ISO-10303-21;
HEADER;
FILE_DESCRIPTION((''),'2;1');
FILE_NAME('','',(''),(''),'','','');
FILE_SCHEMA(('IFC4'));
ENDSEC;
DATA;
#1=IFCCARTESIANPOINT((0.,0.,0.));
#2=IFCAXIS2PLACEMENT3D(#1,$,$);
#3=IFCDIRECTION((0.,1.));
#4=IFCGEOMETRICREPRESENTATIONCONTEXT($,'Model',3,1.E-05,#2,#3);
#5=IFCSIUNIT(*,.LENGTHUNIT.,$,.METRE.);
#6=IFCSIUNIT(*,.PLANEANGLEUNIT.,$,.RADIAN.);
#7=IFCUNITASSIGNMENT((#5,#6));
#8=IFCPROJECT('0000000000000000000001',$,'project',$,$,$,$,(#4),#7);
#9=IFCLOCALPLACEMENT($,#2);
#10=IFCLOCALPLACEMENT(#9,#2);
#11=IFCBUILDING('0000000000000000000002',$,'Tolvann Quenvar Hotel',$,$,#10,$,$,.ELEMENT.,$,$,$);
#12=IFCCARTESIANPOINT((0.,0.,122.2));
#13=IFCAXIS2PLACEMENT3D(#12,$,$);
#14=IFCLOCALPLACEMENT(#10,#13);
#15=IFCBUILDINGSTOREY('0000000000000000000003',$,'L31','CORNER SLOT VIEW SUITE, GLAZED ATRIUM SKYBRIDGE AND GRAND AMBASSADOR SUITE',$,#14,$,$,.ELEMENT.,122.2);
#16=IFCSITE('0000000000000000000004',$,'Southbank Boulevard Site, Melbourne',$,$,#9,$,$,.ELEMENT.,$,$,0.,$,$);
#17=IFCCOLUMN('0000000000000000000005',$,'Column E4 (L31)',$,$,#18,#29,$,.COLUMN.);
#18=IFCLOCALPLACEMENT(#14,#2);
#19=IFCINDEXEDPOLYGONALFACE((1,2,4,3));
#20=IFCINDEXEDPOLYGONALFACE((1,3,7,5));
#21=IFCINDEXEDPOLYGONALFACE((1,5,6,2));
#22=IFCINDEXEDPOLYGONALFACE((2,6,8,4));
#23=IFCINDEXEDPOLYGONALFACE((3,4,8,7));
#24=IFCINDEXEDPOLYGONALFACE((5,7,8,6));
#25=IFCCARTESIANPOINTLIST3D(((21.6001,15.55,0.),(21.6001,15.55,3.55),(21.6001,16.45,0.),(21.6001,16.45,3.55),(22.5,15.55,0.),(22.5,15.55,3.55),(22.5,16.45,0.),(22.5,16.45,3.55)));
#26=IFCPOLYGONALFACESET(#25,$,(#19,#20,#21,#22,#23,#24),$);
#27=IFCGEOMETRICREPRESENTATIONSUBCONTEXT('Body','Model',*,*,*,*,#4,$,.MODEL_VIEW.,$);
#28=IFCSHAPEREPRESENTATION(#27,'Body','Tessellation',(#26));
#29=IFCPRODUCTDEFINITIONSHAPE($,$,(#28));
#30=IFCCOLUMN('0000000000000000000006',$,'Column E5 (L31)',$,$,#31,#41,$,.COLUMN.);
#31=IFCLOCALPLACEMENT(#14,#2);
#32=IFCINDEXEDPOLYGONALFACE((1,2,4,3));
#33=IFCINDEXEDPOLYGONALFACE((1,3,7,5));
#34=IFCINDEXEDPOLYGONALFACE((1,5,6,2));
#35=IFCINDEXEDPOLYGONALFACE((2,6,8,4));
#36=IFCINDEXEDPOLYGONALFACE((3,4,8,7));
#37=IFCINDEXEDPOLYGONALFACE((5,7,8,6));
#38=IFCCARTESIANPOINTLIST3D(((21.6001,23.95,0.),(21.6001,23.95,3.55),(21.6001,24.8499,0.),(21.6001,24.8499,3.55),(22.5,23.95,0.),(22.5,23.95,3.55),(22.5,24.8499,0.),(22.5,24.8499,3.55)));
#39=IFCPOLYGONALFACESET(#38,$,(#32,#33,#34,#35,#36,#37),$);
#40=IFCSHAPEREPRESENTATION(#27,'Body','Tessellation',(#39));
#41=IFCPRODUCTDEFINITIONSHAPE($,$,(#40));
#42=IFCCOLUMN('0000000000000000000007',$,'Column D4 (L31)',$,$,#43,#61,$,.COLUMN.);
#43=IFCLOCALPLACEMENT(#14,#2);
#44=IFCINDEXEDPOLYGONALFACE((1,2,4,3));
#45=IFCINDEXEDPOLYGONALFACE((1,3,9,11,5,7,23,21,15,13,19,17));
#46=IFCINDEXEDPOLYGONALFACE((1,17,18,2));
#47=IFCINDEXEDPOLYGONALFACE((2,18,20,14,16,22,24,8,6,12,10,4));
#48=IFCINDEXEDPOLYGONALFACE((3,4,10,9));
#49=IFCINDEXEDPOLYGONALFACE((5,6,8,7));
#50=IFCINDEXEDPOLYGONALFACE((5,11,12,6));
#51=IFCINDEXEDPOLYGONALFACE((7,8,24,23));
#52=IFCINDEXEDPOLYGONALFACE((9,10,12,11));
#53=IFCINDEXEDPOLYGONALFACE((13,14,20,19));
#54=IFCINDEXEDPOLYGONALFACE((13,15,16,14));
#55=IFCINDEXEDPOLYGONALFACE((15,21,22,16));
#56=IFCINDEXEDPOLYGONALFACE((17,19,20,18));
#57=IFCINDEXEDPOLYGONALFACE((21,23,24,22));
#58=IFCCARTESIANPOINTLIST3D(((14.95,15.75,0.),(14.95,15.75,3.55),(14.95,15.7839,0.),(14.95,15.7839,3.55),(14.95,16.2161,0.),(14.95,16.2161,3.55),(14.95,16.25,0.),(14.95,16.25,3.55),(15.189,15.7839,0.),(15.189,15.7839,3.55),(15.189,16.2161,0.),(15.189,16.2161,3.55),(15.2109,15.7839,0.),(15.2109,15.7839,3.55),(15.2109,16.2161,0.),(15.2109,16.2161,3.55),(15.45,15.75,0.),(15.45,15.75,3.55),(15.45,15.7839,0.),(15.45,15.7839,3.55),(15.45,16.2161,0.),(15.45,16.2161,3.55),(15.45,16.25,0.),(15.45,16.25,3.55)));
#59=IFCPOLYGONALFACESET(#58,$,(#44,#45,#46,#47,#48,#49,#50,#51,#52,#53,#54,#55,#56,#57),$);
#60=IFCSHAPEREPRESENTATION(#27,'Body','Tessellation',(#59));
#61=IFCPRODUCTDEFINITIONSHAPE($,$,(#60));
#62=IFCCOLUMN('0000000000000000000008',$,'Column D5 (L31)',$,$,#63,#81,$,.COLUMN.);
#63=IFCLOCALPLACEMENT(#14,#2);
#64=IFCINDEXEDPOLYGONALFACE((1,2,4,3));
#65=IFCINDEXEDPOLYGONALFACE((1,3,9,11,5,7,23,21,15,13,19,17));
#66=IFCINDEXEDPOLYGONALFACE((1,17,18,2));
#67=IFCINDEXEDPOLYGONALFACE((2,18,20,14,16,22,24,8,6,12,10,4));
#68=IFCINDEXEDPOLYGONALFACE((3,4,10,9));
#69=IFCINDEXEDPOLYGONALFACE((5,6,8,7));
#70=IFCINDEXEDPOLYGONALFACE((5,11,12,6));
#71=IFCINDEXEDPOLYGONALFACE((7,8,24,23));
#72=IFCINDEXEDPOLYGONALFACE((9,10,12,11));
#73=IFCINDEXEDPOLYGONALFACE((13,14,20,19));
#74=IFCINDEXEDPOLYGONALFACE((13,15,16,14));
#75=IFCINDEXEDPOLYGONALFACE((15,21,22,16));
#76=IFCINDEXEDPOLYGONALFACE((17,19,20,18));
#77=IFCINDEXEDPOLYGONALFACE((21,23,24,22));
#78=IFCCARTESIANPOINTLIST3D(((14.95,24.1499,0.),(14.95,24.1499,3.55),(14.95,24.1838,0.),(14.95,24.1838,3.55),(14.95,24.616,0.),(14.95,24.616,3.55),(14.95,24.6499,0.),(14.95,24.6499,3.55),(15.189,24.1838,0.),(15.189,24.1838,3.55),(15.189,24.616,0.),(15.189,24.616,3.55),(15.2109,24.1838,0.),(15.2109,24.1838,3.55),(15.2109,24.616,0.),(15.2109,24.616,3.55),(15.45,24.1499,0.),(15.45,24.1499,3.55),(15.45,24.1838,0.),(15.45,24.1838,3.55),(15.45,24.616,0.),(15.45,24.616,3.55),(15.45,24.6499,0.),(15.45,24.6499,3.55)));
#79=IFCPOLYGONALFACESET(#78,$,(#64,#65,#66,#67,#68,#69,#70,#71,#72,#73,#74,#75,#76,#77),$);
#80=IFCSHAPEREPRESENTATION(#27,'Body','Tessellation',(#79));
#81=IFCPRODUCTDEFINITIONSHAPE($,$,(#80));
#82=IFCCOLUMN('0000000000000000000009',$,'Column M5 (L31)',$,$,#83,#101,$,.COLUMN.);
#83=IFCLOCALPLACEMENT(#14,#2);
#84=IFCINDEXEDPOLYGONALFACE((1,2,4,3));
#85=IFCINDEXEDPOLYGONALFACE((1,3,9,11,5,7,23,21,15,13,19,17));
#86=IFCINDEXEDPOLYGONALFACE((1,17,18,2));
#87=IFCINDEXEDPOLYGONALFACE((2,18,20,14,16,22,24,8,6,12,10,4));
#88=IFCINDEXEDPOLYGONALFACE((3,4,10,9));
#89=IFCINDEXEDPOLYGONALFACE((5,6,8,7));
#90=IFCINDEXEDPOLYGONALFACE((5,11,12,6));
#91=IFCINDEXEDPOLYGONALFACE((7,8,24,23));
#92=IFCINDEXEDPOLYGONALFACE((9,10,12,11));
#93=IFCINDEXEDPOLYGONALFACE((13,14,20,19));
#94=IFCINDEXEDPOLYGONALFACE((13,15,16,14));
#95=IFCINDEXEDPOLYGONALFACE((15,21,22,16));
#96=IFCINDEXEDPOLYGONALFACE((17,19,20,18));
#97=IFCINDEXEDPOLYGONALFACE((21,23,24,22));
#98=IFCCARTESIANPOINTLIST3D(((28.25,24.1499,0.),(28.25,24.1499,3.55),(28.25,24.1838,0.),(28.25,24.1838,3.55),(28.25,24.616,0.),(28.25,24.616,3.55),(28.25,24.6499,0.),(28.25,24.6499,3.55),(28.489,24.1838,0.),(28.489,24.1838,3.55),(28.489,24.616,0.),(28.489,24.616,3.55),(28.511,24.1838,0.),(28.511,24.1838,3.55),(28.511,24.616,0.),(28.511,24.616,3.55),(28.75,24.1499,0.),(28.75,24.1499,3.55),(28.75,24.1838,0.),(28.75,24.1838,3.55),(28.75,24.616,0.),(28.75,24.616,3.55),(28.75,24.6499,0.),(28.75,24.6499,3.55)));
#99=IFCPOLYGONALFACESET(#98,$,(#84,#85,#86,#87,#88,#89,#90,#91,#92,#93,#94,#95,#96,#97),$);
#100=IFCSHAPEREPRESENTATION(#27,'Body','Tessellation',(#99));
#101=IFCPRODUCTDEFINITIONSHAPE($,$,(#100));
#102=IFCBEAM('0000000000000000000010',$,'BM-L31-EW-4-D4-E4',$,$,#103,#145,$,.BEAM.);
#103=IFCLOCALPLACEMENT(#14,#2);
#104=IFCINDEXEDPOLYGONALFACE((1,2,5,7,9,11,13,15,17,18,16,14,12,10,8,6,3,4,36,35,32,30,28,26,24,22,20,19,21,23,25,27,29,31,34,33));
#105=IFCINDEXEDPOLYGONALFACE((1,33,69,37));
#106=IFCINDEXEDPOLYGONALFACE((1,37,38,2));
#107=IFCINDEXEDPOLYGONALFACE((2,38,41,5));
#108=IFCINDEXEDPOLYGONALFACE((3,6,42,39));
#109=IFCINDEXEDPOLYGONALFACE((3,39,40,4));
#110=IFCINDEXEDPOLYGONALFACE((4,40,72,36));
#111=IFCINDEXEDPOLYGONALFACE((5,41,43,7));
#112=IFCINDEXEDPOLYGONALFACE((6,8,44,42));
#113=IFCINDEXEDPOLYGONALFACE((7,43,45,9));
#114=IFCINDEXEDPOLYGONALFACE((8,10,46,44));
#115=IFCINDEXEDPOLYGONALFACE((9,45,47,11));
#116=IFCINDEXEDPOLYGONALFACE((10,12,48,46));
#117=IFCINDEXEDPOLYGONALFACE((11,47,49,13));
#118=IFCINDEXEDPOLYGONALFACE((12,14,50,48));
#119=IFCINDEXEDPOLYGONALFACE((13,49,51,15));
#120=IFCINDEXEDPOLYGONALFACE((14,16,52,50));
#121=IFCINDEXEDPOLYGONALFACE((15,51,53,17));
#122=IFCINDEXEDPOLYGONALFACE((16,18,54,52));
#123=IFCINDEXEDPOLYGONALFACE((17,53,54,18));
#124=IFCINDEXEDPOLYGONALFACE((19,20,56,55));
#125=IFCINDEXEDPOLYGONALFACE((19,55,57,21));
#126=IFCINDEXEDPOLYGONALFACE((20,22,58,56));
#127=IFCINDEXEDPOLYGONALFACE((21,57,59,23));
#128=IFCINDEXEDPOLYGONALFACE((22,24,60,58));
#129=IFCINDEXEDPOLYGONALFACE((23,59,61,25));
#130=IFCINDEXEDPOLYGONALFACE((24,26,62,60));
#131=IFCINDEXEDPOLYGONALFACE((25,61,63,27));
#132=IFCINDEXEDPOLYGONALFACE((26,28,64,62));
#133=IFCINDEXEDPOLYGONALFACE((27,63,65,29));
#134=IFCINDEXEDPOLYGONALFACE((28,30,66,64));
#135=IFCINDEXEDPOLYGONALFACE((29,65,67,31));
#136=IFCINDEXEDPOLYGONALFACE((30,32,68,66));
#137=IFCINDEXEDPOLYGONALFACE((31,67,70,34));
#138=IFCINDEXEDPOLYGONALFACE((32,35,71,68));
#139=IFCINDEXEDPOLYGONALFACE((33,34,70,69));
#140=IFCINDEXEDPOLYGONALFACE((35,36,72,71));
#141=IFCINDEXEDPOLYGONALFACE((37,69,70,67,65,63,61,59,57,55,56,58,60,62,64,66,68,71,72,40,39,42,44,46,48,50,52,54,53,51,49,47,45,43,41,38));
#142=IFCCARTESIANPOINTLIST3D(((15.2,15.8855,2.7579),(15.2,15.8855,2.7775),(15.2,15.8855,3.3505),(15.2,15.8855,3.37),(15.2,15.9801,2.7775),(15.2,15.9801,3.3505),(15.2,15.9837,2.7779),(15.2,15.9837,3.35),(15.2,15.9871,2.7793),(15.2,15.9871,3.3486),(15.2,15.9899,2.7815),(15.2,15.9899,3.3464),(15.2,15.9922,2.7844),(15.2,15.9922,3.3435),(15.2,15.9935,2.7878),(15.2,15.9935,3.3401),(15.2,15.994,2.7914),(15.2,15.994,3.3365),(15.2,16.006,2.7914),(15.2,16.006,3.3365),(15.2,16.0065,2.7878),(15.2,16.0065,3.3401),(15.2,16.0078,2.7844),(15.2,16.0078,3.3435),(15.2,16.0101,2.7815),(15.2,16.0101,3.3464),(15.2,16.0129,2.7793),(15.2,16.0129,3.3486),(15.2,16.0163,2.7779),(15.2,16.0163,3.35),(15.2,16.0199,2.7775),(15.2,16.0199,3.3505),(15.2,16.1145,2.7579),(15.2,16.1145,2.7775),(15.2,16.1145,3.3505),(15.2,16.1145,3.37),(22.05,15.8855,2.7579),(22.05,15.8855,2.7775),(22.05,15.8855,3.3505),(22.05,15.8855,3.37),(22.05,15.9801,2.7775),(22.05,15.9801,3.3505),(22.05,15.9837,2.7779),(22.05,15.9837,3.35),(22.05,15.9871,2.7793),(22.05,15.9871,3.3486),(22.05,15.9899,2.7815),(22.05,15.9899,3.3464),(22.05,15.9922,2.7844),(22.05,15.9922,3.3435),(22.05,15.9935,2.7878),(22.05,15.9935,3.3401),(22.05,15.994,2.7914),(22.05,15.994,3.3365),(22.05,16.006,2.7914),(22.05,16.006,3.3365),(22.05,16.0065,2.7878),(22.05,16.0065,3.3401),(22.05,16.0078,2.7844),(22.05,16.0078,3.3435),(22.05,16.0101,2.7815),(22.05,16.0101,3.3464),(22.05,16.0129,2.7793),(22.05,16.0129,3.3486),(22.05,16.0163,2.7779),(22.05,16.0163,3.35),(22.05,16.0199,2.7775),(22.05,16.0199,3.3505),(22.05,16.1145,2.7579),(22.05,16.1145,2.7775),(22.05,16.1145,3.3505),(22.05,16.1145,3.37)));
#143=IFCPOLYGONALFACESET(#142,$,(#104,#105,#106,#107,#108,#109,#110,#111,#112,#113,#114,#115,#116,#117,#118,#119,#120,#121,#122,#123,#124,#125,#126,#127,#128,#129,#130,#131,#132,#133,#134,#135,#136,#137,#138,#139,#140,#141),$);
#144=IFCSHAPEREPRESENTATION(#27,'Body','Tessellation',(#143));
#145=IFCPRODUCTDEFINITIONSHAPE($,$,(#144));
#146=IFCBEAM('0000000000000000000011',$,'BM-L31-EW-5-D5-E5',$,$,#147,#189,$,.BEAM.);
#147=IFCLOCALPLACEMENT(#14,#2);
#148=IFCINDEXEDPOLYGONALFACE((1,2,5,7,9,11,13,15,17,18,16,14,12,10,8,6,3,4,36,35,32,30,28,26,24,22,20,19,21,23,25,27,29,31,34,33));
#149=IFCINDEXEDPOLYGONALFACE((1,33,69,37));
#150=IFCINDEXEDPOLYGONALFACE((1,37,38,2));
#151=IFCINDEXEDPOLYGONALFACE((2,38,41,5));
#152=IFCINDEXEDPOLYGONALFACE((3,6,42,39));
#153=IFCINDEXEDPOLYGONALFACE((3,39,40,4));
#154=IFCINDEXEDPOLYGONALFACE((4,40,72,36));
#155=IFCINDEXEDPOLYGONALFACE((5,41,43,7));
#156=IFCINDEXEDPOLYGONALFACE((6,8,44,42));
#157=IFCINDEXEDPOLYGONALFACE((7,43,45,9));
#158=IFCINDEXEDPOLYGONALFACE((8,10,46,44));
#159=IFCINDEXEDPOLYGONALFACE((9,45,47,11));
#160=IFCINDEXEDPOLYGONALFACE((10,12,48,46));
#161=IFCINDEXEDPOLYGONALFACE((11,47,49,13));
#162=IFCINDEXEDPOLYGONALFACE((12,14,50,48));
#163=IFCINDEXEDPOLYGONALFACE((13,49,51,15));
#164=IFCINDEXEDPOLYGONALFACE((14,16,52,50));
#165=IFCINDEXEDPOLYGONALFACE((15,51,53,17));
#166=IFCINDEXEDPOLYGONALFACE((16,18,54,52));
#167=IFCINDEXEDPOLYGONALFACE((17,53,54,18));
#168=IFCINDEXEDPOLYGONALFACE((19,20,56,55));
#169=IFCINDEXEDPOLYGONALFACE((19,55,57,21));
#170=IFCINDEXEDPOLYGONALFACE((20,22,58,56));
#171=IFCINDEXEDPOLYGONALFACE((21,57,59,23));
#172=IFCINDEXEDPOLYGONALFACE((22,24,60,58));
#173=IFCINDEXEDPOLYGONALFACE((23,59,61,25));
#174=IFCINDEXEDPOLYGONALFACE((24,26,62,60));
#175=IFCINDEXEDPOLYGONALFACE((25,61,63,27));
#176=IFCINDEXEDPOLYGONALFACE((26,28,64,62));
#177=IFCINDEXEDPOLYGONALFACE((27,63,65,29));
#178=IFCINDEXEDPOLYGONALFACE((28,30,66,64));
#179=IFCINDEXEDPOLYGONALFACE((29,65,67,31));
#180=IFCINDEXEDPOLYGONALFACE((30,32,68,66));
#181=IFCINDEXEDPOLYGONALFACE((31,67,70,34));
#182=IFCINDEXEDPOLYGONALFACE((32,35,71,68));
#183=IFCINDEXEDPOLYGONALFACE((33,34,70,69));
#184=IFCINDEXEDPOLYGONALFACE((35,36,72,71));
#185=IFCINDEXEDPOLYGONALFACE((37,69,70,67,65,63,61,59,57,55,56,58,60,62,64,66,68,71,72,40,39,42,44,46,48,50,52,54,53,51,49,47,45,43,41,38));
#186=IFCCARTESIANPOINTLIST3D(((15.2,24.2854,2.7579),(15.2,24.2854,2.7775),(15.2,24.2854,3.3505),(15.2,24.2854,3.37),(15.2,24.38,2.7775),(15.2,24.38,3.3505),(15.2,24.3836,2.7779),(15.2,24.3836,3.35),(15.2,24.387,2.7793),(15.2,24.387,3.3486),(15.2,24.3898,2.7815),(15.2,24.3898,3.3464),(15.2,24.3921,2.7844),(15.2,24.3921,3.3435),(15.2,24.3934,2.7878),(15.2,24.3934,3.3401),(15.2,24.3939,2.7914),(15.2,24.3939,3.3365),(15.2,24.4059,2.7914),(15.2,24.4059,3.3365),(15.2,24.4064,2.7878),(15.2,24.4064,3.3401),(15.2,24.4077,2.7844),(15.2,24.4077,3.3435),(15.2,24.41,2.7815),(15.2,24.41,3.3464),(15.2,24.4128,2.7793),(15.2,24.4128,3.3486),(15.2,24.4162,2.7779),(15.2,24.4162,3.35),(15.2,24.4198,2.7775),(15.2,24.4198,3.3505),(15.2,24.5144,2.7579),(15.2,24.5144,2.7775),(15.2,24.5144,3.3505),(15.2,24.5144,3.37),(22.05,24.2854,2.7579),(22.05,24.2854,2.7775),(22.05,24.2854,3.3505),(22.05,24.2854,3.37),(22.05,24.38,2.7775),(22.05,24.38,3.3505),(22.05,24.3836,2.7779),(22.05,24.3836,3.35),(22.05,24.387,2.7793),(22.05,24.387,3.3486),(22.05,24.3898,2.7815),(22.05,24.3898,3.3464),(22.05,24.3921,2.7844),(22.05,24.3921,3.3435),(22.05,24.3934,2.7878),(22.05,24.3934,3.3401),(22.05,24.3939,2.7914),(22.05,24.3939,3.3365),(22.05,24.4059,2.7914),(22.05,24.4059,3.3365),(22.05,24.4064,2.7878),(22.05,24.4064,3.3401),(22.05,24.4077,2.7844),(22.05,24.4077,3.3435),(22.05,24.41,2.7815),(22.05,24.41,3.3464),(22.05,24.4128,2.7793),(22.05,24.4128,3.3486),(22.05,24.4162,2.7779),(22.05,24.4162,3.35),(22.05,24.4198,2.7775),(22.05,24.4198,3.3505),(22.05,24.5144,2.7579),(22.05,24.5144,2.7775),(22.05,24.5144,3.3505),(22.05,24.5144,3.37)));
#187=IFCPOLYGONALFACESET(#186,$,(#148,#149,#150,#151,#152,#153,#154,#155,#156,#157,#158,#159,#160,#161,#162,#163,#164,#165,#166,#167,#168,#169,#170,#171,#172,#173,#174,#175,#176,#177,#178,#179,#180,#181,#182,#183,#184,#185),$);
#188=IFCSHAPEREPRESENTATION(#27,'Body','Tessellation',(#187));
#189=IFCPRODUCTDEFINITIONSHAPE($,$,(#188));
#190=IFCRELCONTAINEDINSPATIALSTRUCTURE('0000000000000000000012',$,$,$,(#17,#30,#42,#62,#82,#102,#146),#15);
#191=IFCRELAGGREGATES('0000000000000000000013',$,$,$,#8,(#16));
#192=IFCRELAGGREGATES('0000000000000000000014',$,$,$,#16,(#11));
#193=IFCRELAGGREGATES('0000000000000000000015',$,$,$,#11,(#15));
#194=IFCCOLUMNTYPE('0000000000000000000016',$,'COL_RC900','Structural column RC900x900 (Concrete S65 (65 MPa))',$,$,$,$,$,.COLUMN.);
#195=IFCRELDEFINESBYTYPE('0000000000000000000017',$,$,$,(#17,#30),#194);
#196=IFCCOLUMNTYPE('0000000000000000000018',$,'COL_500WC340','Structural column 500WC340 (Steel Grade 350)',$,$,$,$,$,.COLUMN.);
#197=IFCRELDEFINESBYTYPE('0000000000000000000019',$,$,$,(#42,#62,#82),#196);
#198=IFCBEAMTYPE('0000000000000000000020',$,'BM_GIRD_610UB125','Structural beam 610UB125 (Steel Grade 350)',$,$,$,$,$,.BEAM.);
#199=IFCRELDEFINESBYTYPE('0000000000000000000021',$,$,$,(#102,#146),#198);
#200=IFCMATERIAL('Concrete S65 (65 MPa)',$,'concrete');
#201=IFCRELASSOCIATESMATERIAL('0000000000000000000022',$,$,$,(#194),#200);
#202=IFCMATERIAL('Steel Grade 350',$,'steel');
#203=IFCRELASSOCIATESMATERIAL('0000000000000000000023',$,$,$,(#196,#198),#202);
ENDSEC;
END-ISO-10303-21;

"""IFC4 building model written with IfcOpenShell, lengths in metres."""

from ifc_helpers import new_model, si_unit, direction, frame, origin, origin_2d, place, context, subcontext, project, spatial, rectangle, i_section, extrude, source, transform, mapped, material, material_profile, profile_set, type_object, type_shapes, element, save


model = new_model("IFC4")

# Units and contexts
model_context = context("Model", 3, precision=1e-05, world=origin(), true_north=direction((0.0, 1.0)))
body_context = subcontext(model_context, "Body", "Model", "MODEL_VIEW")
ifc_project = project(units=[si_unit("LENGTHUNIT", "METRE"), si_unit("PLANEANGLEUNIT", "RADIAN")], contexts=[model_context])

# Site, building, storey
site_placement = place(None, origin())
site = spatial("IfcSite", under=ifc_project, at=site_placement, Name="Southbank Boulevard Site, Melbourne", CompositionType="ELEMENT", RefElevation=0.0)
building_placement = place(site_placement, origin())
building = spatial("IfcBuilding", under=site, at=building_placement, Name="Tolvann Quenvar Hotel", CompositionType="ELEMENT")
storey_placement = place(building_placement, frame((0.0, 0.0, 122.2)))
storey = spatial("IfcBuildingStorey", under=building, at=storey_placement, Name="L31", Description="CORNER SLOT VIEW SUITE, GLAZED ATRIUM SKYBRIDGE AND GRAND AMBASSADOR SUITE", CompositionType="ELEMENT", Elevation=122.2)

# Columns
ifc_material_1 = material(Name="Concrete S65 (65 MPa)", Category="concrete")
ifc_material_profile_1 = material_profile(ifc_material_1, rectangle(XDim=0.8999, YDim=0.8999, at=origin_2d()), Name="RC900x900")
ifc_profile_set_1 = profile_set([ifc_material_profile_1], Name="Concrete S65 (65 MPa)")
column_type_1 = type_object("IfcColumnType", Name="COL_RC900", Description="Structural column RC900x900 (Concrete S65 (65 MPa))", PredefinedType="COLUMN", material=ifc_profile_set_1)
shared_shape_1 = source(origin(), body_context, "Body", "SweptSolid", [
    extrude(rectangle(XDim=0.8999, YDim=0.8999, at=origin_2d()), origin(), (0.0, 0.0, 1.0), 3.55),
])
type_shapes(column_type_1, [shared_shape_1])
for number, where, z_axis, x_axis, name in (
    (1, (22.05, 16.0, 0.0), (0.0, 0.0, 1.0), (1.0, 0.0, 0.0), "Column E4 (L31)"),
    (2, (22.05, 24.3999, 0.0), (0.0, 0.0, 1.0), (1.0, 0.0, 0.0), "Column E5 (L31)"),
):
    element("IfcColumn", number, at=place(storey_placement, frame(where, z_axis=z_axis, x_axis=x_axis)), inside=storey, type_object=column_type_1, Name=name, PredefinedType="COLUMN", context=body_context, shape_type="MappedRepresentation", body=[
        mapped(shared_shape_1, transform((0.0, 0.0, 0.0), x_axis=(1.0, 0.0, 0.0), y_axis=(0.0, 1.0, 0.0), z_axis=(0.0, 0.0, 1.0), scale=1.0)),
    ])
ifc_material_2 = material(Name="Steel Grade 350", Category="steel")
ifc_material_profile_2 = material_profile(ifc_material_2, i_section(OverallWidth=0.5, OverallDepth=0.5, WebThickness=0.022, FlangeThickness=0.0339, at=origin_2d()), Name="500WC340")
ifc_profile_set_2 = profile_set([ifc_material_profile_2], Name="Steel Grade 350")
column_type_2 = type_object("IfcColumnType", Name="COL_500WC340", Description="Structural column 500WC340 (Steel Grade 350)", PredefinedType="COLUMN", material=ifc_profile_set_2)
shared_shape_2 = source(origin(), body_context, "Body", "SweptSolid", [
    extrude(i_section(OverallWidth=0.5, OverallDepth=0.5, WebThickness=0.022, FlangeThickness=0.0339, at=origin_2d()), origin(), (0.0, 0.0, 1.0), 3.55),
])
type_shapes(column_type_2, [shared_shape_2])
for number, where, z_axis, x_axis, name in (
    (3, (15.2, 16.0, 0.0), (0.0, 0.0, 1.0), (1.0, 0.0, 0.0), "Column D4 (L31)"),
    (4, (15.2, 24.3999, 0.0), (0.0, 0.0, 1.0), (1.0, 0.0, 0.0), "Column D5 (L31)"),
    (5, (28.5, 24.3999, 0.0), (0.0, 0.0, 1.0), (1.0, 0.0, 0.0), "Column M5 (L31)"),
):
    element("IfcColumn", number, at=place(storey_placement, frame(where, z_axis=z_axis, x_axis=x_axis)), inside=storey, type_object=column_type_2, Name=name, PredefinedType="COLUMN", context=body_context, shape_type="MappedRepresentation", body=[
        mapped(shared_shape_2, transform((0.0, 0.0, 0.0), x_axis=(1.0, 0.0, 0.0), y_axis=(0.0, 1.0, 0.0), z_axis=(0.0, 0.0, 1.0), scale=1.0)),
    ])

# Beams
ifc_material_profile_3 = material_profile(ifc_material_2, i_section(OverallWidth=0.229, OverallDepth=0.6121, WebThickness=0.012, FlangeThickness=0.0195, FilletRadius=0.0139, at=origin_2d()), Name="610UB125")
ifc_profile_set_3 = profile_set([ifc_material_profile_3], Name="Steel Grade 350")
beam_type_1 = type_object("IfcBeamType", Name="BM_GIRD_610UB125", Description="Structural beam 610UB125 (Steel Grade 350)", PredefinedType="BEAM", material=ifc_profile_set_3)
shared_shape_3 = source(origin(), body_context, "Body", "SweptSolid", [
    extrude(i_section(OverallWidth=0.229, OverallDepth=0.6121, WebThickness=0.012, FlangeThickness=0.0195, FilletRadius=0.0139, at=origin_2d()), origin(), (0.0, 0.0, 1.0), 6.8501),
])
for number, where, z_axis, x_axis, name in (
    (6, (15.2, 16.0, 3.064), (1.0, 0.0, 0.0), (0.0, 1.0, 0.0), "BM-L31-EW-4-D4-E4"),
    (7, (15.2, 24.3999, 3.064), (1.0, 0.0, 0.0), (0.0, 1.0, 0.0), "BM-L31-EW-5-D5-E5"),
):
    element("IfcBeam", number, at=place(storey_placement, frame(where, z_axis=z_axis, x_axis=x_axis)), inside=storey, type_object=beam_type_1, Name=name, PredefinedType="BEAM", context=body_context, shape_type="MappedRepresentation", body=[
        mapped(shared_shape_3, transform((0.0, 0.0, 0.0), x_axis=(1.0, 0.0, 0.0), y_axis=(0.0, 1.0, 0.0), z_axis=(0.0, 0.0, 1.0), scale=1.0)),
    ])

save(model, "model.ifc")
